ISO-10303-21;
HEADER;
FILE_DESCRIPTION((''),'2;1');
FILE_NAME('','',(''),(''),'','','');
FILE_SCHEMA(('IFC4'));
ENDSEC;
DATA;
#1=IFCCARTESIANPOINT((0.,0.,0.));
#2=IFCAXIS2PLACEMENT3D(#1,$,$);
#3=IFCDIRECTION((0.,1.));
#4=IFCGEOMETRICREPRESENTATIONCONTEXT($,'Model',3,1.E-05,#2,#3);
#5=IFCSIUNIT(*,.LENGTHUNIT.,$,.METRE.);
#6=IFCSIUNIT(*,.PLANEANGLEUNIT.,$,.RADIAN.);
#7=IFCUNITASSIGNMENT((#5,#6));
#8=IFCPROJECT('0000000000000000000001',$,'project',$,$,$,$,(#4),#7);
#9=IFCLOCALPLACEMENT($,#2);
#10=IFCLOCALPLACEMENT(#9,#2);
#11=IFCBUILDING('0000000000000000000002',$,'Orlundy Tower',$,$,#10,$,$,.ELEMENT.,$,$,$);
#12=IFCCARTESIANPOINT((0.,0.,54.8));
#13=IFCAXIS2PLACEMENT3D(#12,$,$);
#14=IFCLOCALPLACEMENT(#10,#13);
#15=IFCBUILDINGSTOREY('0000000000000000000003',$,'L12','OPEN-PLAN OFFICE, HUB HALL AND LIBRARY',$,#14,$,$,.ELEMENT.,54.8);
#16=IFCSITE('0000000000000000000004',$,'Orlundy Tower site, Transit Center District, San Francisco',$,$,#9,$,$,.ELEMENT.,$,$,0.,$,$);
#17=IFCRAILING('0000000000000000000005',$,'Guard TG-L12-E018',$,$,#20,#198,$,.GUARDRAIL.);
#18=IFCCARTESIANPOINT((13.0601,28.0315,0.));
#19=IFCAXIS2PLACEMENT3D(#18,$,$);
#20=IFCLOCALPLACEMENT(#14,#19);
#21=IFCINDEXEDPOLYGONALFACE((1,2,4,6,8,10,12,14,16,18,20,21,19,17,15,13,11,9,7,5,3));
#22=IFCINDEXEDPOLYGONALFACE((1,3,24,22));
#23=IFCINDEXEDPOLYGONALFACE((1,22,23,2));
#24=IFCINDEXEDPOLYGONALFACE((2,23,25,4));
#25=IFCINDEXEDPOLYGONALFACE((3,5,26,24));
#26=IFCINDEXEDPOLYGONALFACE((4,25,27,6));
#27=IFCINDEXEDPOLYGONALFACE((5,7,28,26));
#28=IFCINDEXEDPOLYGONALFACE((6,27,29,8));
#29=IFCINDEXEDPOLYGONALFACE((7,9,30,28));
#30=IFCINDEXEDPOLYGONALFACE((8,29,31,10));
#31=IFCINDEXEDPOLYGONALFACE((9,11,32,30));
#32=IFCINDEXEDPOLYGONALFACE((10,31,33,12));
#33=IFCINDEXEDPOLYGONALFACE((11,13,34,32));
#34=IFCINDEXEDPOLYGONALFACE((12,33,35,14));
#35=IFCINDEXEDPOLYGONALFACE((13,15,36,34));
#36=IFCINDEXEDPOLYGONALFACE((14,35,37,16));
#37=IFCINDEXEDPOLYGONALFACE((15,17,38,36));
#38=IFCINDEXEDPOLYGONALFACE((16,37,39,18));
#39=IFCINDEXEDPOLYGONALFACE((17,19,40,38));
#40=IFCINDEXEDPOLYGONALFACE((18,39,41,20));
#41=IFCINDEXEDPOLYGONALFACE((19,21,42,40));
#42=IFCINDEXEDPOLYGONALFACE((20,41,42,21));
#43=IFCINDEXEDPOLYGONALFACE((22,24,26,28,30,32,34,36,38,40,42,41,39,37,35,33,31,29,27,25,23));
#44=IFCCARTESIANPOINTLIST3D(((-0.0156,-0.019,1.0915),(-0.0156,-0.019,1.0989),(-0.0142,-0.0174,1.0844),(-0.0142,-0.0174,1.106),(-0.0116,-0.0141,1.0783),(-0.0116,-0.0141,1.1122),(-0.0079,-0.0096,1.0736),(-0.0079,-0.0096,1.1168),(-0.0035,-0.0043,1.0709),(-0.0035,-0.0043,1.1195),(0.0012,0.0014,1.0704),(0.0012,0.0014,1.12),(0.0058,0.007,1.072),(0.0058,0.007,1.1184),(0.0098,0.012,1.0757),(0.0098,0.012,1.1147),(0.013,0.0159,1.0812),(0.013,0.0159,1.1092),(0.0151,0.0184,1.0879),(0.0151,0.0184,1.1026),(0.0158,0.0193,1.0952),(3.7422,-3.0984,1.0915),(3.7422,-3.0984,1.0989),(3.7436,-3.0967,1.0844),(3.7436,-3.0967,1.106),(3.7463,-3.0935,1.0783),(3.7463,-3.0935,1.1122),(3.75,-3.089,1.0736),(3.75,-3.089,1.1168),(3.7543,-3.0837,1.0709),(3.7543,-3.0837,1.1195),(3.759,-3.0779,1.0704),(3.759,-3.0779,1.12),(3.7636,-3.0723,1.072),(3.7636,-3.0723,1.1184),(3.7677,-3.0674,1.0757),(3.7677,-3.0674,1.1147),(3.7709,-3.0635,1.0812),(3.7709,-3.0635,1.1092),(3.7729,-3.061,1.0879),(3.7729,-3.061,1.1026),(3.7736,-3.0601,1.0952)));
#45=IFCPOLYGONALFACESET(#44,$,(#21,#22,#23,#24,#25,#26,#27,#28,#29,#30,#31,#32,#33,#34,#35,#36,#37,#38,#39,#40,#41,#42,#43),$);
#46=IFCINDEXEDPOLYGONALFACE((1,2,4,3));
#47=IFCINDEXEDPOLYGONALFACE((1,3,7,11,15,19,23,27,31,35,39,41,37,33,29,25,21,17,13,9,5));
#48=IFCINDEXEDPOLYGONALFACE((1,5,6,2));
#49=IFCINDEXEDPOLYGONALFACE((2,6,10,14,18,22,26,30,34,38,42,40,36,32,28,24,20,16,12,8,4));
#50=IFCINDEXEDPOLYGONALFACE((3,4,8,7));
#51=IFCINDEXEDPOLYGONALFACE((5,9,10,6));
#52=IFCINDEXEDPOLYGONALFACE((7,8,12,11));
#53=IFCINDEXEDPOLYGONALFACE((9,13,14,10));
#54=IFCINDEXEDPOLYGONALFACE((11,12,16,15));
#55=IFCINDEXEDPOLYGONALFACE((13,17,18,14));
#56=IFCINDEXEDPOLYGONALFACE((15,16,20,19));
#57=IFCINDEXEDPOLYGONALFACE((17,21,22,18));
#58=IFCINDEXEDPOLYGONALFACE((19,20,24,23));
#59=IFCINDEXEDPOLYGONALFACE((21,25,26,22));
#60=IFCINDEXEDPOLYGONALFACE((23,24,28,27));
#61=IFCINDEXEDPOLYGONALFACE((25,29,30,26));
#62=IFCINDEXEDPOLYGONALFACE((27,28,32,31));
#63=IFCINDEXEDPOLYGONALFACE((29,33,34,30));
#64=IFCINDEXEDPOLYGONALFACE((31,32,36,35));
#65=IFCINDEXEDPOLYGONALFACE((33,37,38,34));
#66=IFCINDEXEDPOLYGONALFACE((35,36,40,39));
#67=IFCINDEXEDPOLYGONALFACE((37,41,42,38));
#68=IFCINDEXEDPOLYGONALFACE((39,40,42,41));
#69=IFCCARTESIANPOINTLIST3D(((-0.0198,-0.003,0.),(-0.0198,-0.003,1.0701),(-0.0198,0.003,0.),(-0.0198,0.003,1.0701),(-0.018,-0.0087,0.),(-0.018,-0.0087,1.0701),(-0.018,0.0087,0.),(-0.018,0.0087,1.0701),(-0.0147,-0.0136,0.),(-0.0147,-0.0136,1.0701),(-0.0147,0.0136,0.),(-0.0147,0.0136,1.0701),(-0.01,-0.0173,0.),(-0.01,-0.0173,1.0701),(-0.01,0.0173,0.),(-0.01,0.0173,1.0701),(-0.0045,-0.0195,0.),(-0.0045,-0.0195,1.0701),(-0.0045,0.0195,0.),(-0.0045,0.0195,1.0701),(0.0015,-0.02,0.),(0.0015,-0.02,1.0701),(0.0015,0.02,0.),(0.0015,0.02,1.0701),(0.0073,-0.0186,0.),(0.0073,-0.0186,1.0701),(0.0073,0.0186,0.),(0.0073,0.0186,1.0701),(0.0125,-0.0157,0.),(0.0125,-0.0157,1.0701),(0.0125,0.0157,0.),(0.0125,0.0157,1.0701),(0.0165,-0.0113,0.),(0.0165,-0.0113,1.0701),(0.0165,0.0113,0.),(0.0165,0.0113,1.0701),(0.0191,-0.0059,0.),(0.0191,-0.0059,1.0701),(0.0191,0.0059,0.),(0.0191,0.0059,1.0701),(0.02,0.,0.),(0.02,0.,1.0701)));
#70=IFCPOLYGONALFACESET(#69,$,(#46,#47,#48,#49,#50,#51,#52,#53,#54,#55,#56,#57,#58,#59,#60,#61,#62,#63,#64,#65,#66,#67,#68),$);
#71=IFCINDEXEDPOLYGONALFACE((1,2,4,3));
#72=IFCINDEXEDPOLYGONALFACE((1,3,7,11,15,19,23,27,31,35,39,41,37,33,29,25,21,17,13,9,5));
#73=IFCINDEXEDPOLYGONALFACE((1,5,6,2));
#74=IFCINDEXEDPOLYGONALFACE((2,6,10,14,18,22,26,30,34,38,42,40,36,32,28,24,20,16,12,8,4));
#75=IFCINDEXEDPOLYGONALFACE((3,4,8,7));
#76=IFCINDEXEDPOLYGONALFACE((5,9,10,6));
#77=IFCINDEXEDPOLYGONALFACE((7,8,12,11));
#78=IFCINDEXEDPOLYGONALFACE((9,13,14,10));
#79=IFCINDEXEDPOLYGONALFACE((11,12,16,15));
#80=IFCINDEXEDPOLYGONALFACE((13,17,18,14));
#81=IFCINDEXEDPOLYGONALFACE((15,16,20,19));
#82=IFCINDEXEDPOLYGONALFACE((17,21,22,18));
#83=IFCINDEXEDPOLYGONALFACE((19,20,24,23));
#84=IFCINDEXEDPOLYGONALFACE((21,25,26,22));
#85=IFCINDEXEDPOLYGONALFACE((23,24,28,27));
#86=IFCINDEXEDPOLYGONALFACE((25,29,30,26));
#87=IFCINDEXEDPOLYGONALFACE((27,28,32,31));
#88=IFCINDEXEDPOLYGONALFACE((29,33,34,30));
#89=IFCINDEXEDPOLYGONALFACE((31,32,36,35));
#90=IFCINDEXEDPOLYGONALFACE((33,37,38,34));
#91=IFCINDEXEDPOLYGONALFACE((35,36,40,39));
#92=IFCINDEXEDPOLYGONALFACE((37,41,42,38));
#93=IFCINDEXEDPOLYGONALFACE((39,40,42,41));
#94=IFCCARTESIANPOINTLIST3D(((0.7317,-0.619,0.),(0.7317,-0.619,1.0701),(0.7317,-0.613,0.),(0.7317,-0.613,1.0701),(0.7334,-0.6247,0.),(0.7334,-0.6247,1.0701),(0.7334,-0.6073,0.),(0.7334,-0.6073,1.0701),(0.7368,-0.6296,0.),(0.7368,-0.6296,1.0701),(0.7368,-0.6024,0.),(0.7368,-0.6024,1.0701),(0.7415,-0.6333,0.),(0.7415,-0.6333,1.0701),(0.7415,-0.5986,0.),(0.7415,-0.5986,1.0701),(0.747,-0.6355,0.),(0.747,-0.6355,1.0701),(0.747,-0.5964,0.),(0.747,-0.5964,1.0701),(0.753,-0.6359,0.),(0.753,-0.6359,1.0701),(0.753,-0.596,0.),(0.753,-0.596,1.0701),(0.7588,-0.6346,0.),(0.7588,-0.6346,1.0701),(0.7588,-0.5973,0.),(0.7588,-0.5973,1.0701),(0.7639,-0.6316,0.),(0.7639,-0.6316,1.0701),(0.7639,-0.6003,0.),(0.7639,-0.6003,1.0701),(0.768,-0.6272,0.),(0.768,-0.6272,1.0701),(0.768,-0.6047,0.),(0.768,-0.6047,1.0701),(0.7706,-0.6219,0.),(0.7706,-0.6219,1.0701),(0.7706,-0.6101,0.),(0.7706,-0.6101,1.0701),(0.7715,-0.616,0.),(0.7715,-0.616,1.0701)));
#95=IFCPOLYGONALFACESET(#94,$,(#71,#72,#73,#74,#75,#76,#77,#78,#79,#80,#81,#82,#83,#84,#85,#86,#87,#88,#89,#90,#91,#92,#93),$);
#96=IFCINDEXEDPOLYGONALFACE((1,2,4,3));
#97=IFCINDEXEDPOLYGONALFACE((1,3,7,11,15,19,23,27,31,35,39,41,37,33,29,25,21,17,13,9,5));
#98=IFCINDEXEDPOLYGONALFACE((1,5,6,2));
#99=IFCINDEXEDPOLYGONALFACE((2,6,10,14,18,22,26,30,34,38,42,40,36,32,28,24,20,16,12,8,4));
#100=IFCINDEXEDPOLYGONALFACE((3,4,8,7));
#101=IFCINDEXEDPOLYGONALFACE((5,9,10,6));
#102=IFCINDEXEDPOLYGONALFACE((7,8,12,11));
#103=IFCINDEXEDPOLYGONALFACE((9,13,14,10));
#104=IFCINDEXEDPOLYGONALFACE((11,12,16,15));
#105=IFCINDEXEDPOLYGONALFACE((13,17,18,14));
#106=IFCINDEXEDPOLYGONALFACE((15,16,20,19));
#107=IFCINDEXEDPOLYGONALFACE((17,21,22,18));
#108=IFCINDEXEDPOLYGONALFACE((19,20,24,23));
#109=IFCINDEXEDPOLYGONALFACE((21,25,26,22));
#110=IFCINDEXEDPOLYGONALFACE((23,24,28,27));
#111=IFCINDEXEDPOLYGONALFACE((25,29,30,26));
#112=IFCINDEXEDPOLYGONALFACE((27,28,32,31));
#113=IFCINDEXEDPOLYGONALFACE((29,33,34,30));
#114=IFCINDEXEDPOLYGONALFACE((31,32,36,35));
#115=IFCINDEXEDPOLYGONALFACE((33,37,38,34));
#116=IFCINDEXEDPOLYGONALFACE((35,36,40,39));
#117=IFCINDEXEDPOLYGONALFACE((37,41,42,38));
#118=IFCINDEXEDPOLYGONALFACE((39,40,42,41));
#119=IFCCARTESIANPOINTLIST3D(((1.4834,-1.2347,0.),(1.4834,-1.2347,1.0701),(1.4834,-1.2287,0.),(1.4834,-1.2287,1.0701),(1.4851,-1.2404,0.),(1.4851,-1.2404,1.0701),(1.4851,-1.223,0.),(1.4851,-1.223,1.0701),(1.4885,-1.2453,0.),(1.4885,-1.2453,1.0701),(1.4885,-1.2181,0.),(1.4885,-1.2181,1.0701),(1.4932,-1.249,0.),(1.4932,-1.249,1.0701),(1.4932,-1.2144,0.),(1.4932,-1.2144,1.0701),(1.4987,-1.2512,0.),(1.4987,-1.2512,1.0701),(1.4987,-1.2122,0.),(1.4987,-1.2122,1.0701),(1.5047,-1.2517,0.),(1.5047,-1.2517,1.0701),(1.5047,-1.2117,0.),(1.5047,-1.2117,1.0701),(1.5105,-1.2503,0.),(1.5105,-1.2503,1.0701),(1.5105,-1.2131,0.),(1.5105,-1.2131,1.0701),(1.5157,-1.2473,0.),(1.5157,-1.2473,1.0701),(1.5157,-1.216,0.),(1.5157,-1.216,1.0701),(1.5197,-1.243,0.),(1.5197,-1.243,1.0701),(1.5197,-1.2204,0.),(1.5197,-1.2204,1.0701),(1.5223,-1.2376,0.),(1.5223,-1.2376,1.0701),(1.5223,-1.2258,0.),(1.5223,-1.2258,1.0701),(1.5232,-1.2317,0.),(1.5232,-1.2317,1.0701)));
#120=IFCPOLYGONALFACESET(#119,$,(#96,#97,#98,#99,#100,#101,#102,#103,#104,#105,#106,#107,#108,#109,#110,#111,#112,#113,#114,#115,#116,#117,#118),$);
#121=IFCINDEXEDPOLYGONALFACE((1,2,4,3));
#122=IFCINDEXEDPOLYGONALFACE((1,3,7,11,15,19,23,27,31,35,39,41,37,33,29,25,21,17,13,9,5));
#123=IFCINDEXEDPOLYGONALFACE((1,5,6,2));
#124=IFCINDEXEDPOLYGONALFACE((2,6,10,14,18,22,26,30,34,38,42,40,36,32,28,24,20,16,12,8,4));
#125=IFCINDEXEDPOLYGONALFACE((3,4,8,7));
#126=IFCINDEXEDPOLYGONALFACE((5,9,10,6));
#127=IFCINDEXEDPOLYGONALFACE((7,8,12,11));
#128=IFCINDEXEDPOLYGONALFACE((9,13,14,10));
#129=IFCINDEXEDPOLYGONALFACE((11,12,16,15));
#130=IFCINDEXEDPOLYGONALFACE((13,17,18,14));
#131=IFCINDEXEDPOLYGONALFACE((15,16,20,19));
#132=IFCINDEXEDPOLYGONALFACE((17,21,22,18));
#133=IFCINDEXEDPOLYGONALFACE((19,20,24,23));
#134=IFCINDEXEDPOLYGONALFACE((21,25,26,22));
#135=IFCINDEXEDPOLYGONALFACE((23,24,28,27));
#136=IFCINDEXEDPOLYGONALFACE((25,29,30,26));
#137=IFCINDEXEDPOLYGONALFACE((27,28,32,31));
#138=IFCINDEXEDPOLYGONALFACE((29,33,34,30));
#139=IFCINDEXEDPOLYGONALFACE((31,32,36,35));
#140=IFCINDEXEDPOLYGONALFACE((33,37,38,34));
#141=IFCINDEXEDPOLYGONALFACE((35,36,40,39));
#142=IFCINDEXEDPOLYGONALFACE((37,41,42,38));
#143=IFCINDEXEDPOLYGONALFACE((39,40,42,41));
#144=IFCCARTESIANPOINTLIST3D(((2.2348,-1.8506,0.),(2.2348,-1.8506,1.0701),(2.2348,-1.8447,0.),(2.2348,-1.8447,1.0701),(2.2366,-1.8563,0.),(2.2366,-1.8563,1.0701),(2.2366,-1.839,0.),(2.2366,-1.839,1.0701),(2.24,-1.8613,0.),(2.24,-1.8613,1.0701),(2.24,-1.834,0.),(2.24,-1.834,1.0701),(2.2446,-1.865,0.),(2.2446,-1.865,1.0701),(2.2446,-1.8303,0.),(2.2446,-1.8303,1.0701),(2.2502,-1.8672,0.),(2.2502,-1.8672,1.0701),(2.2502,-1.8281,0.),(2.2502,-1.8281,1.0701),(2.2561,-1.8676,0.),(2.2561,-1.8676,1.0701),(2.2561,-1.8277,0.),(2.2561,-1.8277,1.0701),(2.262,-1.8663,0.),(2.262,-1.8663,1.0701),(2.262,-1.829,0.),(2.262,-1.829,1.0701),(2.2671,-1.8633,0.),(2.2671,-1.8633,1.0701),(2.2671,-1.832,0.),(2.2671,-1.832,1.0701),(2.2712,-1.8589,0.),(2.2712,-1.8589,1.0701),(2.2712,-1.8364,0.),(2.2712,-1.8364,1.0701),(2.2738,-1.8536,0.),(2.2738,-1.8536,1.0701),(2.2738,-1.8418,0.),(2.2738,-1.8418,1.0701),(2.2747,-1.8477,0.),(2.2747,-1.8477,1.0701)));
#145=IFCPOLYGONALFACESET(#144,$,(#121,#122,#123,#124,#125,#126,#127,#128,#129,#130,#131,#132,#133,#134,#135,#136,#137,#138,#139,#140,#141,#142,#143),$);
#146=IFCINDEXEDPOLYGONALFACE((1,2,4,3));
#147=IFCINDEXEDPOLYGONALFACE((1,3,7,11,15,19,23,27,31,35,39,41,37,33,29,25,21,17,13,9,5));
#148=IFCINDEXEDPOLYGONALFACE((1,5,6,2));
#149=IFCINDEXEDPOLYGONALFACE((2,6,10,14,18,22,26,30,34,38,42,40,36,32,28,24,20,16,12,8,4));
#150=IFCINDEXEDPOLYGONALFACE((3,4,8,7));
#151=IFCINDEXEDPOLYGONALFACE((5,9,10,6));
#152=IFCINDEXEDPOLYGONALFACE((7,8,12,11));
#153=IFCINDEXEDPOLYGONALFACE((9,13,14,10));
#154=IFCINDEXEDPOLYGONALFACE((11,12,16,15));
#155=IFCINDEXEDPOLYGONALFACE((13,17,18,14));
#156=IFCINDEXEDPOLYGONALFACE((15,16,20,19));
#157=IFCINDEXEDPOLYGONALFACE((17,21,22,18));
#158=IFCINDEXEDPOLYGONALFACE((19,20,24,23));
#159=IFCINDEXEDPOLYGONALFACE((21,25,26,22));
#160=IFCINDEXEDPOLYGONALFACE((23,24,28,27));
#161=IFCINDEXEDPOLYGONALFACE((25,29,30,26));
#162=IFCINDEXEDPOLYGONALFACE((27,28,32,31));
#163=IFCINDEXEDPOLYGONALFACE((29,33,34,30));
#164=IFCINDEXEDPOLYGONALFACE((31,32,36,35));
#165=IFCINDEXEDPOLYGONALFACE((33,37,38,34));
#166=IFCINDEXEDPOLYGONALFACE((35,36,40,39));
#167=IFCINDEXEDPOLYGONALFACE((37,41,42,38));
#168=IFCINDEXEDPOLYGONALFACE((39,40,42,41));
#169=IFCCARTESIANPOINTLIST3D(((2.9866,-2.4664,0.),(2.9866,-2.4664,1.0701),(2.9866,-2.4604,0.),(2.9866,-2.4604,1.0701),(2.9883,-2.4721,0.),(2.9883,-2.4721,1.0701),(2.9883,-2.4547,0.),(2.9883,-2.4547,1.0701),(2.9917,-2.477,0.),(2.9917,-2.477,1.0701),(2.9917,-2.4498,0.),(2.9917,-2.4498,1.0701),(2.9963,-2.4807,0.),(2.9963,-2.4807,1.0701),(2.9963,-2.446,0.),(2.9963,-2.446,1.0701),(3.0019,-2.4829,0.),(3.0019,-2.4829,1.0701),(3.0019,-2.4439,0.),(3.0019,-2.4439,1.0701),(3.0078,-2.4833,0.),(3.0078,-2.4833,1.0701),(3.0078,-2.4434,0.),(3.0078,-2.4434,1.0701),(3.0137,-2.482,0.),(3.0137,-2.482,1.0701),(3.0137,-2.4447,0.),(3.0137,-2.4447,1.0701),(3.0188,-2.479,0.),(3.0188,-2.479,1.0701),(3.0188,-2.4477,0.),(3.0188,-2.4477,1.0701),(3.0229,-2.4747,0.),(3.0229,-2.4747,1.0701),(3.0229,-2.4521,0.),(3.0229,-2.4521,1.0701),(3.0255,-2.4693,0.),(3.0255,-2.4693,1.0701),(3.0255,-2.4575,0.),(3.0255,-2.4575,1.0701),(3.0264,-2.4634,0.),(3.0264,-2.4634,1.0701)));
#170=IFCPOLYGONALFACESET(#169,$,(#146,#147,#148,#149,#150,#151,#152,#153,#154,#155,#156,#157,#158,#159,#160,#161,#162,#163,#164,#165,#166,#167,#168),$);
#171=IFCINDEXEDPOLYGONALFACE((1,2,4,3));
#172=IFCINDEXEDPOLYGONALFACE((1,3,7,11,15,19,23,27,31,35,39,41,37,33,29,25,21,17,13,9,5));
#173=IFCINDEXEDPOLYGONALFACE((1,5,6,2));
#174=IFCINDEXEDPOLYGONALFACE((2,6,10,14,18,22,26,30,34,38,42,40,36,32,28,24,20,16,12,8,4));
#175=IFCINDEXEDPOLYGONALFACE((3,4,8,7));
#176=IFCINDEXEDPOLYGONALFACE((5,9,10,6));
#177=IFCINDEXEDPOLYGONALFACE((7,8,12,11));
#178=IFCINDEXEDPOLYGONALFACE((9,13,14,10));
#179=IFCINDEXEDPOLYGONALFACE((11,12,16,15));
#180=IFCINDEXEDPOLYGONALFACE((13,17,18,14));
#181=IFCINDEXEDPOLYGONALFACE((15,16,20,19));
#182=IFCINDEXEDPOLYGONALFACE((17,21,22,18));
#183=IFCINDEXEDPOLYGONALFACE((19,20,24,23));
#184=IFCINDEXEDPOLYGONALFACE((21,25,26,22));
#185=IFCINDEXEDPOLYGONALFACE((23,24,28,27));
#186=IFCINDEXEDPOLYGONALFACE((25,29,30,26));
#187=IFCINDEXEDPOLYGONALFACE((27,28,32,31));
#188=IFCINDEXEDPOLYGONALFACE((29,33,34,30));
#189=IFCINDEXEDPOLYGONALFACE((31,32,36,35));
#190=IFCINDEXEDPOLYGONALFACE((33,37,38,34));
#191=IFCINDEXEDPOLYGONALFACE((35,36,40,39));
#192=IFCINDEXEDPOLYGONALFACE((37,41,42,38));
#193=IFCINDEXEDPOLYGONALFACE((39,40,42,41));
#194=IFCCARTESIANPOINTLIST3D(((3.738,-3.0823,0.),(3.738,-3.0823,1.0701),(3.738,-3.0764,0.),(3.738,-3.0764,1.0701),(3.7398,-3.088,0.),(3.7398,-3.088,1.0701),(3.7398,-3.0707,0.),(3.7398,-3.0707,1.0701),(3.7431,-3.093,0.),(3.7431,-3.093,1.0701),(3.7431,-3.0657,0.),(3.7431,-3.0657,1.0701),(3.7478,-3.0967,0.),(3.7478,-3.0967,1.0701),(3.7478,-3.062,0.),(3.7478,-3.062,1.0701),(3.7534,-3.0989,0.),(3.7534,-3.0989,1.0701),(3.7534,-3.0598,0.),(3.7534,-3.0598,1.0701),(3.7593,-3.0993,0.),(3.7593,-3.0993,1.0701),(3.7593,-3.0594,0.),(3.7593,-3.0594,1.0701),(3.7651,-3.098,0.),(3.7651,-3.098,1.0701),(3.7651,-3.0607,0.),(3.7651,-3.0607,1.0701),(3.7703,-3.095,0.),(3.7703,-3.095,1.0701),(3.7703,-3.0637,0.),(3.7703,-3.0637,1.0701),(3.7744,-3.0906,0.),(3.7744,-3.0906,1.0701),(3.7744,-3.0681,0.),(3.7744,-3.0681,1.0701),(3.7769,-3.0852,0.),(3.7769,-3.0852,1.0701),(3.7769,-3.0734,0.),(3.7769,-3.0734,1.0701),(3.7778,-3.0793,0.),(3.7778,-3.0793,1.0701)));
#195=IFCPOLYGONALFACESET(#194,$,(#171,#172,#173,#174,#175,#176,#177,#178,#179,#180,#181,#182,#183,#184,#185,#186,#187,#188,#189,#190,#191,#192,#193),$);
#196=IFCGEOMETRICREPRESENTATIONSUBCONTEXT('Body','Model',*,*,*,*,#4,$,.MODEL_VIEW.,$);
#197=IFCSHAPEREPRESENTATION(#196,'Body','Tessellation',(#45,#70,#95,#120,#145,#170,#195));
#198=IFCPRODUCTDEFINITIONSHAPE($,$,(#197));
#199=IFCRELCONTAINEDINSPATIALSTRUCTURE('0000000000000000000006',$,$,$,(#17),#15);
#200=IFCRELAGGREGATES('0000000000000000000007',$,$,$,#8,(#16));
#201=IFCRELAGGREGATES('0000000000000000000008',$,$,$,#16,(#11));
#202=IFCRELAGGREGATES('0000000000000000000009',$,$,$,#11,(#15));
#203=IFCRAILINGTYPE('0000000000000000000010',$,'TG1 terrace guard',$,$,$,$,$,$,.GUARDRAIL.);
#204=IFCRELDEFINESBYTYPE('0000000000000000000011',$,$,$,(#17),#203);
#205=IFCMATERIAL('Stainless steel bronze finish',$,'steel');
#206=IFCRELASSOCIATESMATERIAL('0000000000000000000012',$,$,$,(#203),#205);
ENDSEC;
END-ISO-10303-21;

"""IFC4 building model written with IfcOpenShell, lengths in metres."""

from ifc_helpers import new_model, si_unit, direction, frame, origin, origin_2d, place, context, subcontext, project, spatial, circle, extrude, material, type_object, element, save


model = new_model("IFC4")

# Units and contexts
model_context = context("Model", 3, precision=1e-05, world=origin(), true_north=direction((0.0, 1.0)))
body_context = subcontext(model_context, "Body", "Model", "MODEL_VIEW")
ifc_project = project(units=[si_unit("LENGTHUNIT", "METRE"), si_unit("PLANEANGLEUNIT", "RADIAN")], contexts=[model_context])

# Site, building, storey
site_placement = place(None, origin())
site = spatial("IfcSite", under=ifc_project, at=site_placement, Name="Orlundy Tower site, Transit Center District, San Francisco", CompositionType="ELEMENT", RefElevation=0.0)
building_placement = place(site_placement, origin())
building = spatial("IfcBuilding", under=site, at=building_placement, Name="Orlundy Tower", CompositionType="ELEMENT")
storey_placement = place(building_placement, frame((0.0, 0.0, 54.8)))
storey = spatial("IfcBuildingStorey", under=building, at=storey_placement, Name="L12", Description="OPEN-PLAN OFFICE, HUB HALL AND LIBRARY", CompositionType="ELEMENT", Elevation=54.8)

# Railing
ifc_material_1 = material(Name="Stainless steel bronze finish", Category="steel")
railing_type = type_object("IfcRailingType", Name="TG1 terrace guard", PredefinedType="GUARDRAIL", material=ifc_material_1)
railing_1_placement = place(storey_placement, frame((13.0601, 28.0315, 0.0)))
element("IfcRailing", 1, at=railing_1_placement, inside=storey, type_object=railing_type, Name="Guard TG-L12-E018", PredefinedType="GUARDRAIL", context=body_context, shape_type="SweptSolid", body=[
    extrude(circle(Radius=0.0249, at=origin_2d()), frame((0.0, 0.0, 1.0952), z_axis=(0.773476, -0.633826, 0.0), x_axis=(0.633826, 0.773476, 0.0)), (0.0, 0.0, 1.0), 4.8584),
    extrude(circle(Radius=0.02, at=origin_2d()), origin(), (0.0, 0.0, 1.0), 1.0701),
    extrude(circle(Radius=0.02, at=origin_2d()), frame((0.7515, -0.616, 0.0)), (0.0, 0.0, 1.0), 1.0701),
    extrude(circle(Radius=0.02, at=origin_2d()), frame((1.5032, -1.2317, 0.0)), (0.0, 0.0, 1.0), 1.0701),
    extrude(circle(Radius=0.02, at=origin_2d()), frame((2.2546, -1.8477, 0.0)), (0.0, 0.0, 1.0), 1.0701),
    extrude(circle(Radius=0.02, at=origin_2d()), frame((3.0063, -2.4634, 0.0)), (0.0, 0.0, 1.0), 1.0701),
    extrude(circle(Radius=0.02, at=origin_2d()), frame((3.7578, -3.0793, 0.0)), (0.0, 0.0, 1.0), 1.0701),
])

save(model, "model.ifc")
